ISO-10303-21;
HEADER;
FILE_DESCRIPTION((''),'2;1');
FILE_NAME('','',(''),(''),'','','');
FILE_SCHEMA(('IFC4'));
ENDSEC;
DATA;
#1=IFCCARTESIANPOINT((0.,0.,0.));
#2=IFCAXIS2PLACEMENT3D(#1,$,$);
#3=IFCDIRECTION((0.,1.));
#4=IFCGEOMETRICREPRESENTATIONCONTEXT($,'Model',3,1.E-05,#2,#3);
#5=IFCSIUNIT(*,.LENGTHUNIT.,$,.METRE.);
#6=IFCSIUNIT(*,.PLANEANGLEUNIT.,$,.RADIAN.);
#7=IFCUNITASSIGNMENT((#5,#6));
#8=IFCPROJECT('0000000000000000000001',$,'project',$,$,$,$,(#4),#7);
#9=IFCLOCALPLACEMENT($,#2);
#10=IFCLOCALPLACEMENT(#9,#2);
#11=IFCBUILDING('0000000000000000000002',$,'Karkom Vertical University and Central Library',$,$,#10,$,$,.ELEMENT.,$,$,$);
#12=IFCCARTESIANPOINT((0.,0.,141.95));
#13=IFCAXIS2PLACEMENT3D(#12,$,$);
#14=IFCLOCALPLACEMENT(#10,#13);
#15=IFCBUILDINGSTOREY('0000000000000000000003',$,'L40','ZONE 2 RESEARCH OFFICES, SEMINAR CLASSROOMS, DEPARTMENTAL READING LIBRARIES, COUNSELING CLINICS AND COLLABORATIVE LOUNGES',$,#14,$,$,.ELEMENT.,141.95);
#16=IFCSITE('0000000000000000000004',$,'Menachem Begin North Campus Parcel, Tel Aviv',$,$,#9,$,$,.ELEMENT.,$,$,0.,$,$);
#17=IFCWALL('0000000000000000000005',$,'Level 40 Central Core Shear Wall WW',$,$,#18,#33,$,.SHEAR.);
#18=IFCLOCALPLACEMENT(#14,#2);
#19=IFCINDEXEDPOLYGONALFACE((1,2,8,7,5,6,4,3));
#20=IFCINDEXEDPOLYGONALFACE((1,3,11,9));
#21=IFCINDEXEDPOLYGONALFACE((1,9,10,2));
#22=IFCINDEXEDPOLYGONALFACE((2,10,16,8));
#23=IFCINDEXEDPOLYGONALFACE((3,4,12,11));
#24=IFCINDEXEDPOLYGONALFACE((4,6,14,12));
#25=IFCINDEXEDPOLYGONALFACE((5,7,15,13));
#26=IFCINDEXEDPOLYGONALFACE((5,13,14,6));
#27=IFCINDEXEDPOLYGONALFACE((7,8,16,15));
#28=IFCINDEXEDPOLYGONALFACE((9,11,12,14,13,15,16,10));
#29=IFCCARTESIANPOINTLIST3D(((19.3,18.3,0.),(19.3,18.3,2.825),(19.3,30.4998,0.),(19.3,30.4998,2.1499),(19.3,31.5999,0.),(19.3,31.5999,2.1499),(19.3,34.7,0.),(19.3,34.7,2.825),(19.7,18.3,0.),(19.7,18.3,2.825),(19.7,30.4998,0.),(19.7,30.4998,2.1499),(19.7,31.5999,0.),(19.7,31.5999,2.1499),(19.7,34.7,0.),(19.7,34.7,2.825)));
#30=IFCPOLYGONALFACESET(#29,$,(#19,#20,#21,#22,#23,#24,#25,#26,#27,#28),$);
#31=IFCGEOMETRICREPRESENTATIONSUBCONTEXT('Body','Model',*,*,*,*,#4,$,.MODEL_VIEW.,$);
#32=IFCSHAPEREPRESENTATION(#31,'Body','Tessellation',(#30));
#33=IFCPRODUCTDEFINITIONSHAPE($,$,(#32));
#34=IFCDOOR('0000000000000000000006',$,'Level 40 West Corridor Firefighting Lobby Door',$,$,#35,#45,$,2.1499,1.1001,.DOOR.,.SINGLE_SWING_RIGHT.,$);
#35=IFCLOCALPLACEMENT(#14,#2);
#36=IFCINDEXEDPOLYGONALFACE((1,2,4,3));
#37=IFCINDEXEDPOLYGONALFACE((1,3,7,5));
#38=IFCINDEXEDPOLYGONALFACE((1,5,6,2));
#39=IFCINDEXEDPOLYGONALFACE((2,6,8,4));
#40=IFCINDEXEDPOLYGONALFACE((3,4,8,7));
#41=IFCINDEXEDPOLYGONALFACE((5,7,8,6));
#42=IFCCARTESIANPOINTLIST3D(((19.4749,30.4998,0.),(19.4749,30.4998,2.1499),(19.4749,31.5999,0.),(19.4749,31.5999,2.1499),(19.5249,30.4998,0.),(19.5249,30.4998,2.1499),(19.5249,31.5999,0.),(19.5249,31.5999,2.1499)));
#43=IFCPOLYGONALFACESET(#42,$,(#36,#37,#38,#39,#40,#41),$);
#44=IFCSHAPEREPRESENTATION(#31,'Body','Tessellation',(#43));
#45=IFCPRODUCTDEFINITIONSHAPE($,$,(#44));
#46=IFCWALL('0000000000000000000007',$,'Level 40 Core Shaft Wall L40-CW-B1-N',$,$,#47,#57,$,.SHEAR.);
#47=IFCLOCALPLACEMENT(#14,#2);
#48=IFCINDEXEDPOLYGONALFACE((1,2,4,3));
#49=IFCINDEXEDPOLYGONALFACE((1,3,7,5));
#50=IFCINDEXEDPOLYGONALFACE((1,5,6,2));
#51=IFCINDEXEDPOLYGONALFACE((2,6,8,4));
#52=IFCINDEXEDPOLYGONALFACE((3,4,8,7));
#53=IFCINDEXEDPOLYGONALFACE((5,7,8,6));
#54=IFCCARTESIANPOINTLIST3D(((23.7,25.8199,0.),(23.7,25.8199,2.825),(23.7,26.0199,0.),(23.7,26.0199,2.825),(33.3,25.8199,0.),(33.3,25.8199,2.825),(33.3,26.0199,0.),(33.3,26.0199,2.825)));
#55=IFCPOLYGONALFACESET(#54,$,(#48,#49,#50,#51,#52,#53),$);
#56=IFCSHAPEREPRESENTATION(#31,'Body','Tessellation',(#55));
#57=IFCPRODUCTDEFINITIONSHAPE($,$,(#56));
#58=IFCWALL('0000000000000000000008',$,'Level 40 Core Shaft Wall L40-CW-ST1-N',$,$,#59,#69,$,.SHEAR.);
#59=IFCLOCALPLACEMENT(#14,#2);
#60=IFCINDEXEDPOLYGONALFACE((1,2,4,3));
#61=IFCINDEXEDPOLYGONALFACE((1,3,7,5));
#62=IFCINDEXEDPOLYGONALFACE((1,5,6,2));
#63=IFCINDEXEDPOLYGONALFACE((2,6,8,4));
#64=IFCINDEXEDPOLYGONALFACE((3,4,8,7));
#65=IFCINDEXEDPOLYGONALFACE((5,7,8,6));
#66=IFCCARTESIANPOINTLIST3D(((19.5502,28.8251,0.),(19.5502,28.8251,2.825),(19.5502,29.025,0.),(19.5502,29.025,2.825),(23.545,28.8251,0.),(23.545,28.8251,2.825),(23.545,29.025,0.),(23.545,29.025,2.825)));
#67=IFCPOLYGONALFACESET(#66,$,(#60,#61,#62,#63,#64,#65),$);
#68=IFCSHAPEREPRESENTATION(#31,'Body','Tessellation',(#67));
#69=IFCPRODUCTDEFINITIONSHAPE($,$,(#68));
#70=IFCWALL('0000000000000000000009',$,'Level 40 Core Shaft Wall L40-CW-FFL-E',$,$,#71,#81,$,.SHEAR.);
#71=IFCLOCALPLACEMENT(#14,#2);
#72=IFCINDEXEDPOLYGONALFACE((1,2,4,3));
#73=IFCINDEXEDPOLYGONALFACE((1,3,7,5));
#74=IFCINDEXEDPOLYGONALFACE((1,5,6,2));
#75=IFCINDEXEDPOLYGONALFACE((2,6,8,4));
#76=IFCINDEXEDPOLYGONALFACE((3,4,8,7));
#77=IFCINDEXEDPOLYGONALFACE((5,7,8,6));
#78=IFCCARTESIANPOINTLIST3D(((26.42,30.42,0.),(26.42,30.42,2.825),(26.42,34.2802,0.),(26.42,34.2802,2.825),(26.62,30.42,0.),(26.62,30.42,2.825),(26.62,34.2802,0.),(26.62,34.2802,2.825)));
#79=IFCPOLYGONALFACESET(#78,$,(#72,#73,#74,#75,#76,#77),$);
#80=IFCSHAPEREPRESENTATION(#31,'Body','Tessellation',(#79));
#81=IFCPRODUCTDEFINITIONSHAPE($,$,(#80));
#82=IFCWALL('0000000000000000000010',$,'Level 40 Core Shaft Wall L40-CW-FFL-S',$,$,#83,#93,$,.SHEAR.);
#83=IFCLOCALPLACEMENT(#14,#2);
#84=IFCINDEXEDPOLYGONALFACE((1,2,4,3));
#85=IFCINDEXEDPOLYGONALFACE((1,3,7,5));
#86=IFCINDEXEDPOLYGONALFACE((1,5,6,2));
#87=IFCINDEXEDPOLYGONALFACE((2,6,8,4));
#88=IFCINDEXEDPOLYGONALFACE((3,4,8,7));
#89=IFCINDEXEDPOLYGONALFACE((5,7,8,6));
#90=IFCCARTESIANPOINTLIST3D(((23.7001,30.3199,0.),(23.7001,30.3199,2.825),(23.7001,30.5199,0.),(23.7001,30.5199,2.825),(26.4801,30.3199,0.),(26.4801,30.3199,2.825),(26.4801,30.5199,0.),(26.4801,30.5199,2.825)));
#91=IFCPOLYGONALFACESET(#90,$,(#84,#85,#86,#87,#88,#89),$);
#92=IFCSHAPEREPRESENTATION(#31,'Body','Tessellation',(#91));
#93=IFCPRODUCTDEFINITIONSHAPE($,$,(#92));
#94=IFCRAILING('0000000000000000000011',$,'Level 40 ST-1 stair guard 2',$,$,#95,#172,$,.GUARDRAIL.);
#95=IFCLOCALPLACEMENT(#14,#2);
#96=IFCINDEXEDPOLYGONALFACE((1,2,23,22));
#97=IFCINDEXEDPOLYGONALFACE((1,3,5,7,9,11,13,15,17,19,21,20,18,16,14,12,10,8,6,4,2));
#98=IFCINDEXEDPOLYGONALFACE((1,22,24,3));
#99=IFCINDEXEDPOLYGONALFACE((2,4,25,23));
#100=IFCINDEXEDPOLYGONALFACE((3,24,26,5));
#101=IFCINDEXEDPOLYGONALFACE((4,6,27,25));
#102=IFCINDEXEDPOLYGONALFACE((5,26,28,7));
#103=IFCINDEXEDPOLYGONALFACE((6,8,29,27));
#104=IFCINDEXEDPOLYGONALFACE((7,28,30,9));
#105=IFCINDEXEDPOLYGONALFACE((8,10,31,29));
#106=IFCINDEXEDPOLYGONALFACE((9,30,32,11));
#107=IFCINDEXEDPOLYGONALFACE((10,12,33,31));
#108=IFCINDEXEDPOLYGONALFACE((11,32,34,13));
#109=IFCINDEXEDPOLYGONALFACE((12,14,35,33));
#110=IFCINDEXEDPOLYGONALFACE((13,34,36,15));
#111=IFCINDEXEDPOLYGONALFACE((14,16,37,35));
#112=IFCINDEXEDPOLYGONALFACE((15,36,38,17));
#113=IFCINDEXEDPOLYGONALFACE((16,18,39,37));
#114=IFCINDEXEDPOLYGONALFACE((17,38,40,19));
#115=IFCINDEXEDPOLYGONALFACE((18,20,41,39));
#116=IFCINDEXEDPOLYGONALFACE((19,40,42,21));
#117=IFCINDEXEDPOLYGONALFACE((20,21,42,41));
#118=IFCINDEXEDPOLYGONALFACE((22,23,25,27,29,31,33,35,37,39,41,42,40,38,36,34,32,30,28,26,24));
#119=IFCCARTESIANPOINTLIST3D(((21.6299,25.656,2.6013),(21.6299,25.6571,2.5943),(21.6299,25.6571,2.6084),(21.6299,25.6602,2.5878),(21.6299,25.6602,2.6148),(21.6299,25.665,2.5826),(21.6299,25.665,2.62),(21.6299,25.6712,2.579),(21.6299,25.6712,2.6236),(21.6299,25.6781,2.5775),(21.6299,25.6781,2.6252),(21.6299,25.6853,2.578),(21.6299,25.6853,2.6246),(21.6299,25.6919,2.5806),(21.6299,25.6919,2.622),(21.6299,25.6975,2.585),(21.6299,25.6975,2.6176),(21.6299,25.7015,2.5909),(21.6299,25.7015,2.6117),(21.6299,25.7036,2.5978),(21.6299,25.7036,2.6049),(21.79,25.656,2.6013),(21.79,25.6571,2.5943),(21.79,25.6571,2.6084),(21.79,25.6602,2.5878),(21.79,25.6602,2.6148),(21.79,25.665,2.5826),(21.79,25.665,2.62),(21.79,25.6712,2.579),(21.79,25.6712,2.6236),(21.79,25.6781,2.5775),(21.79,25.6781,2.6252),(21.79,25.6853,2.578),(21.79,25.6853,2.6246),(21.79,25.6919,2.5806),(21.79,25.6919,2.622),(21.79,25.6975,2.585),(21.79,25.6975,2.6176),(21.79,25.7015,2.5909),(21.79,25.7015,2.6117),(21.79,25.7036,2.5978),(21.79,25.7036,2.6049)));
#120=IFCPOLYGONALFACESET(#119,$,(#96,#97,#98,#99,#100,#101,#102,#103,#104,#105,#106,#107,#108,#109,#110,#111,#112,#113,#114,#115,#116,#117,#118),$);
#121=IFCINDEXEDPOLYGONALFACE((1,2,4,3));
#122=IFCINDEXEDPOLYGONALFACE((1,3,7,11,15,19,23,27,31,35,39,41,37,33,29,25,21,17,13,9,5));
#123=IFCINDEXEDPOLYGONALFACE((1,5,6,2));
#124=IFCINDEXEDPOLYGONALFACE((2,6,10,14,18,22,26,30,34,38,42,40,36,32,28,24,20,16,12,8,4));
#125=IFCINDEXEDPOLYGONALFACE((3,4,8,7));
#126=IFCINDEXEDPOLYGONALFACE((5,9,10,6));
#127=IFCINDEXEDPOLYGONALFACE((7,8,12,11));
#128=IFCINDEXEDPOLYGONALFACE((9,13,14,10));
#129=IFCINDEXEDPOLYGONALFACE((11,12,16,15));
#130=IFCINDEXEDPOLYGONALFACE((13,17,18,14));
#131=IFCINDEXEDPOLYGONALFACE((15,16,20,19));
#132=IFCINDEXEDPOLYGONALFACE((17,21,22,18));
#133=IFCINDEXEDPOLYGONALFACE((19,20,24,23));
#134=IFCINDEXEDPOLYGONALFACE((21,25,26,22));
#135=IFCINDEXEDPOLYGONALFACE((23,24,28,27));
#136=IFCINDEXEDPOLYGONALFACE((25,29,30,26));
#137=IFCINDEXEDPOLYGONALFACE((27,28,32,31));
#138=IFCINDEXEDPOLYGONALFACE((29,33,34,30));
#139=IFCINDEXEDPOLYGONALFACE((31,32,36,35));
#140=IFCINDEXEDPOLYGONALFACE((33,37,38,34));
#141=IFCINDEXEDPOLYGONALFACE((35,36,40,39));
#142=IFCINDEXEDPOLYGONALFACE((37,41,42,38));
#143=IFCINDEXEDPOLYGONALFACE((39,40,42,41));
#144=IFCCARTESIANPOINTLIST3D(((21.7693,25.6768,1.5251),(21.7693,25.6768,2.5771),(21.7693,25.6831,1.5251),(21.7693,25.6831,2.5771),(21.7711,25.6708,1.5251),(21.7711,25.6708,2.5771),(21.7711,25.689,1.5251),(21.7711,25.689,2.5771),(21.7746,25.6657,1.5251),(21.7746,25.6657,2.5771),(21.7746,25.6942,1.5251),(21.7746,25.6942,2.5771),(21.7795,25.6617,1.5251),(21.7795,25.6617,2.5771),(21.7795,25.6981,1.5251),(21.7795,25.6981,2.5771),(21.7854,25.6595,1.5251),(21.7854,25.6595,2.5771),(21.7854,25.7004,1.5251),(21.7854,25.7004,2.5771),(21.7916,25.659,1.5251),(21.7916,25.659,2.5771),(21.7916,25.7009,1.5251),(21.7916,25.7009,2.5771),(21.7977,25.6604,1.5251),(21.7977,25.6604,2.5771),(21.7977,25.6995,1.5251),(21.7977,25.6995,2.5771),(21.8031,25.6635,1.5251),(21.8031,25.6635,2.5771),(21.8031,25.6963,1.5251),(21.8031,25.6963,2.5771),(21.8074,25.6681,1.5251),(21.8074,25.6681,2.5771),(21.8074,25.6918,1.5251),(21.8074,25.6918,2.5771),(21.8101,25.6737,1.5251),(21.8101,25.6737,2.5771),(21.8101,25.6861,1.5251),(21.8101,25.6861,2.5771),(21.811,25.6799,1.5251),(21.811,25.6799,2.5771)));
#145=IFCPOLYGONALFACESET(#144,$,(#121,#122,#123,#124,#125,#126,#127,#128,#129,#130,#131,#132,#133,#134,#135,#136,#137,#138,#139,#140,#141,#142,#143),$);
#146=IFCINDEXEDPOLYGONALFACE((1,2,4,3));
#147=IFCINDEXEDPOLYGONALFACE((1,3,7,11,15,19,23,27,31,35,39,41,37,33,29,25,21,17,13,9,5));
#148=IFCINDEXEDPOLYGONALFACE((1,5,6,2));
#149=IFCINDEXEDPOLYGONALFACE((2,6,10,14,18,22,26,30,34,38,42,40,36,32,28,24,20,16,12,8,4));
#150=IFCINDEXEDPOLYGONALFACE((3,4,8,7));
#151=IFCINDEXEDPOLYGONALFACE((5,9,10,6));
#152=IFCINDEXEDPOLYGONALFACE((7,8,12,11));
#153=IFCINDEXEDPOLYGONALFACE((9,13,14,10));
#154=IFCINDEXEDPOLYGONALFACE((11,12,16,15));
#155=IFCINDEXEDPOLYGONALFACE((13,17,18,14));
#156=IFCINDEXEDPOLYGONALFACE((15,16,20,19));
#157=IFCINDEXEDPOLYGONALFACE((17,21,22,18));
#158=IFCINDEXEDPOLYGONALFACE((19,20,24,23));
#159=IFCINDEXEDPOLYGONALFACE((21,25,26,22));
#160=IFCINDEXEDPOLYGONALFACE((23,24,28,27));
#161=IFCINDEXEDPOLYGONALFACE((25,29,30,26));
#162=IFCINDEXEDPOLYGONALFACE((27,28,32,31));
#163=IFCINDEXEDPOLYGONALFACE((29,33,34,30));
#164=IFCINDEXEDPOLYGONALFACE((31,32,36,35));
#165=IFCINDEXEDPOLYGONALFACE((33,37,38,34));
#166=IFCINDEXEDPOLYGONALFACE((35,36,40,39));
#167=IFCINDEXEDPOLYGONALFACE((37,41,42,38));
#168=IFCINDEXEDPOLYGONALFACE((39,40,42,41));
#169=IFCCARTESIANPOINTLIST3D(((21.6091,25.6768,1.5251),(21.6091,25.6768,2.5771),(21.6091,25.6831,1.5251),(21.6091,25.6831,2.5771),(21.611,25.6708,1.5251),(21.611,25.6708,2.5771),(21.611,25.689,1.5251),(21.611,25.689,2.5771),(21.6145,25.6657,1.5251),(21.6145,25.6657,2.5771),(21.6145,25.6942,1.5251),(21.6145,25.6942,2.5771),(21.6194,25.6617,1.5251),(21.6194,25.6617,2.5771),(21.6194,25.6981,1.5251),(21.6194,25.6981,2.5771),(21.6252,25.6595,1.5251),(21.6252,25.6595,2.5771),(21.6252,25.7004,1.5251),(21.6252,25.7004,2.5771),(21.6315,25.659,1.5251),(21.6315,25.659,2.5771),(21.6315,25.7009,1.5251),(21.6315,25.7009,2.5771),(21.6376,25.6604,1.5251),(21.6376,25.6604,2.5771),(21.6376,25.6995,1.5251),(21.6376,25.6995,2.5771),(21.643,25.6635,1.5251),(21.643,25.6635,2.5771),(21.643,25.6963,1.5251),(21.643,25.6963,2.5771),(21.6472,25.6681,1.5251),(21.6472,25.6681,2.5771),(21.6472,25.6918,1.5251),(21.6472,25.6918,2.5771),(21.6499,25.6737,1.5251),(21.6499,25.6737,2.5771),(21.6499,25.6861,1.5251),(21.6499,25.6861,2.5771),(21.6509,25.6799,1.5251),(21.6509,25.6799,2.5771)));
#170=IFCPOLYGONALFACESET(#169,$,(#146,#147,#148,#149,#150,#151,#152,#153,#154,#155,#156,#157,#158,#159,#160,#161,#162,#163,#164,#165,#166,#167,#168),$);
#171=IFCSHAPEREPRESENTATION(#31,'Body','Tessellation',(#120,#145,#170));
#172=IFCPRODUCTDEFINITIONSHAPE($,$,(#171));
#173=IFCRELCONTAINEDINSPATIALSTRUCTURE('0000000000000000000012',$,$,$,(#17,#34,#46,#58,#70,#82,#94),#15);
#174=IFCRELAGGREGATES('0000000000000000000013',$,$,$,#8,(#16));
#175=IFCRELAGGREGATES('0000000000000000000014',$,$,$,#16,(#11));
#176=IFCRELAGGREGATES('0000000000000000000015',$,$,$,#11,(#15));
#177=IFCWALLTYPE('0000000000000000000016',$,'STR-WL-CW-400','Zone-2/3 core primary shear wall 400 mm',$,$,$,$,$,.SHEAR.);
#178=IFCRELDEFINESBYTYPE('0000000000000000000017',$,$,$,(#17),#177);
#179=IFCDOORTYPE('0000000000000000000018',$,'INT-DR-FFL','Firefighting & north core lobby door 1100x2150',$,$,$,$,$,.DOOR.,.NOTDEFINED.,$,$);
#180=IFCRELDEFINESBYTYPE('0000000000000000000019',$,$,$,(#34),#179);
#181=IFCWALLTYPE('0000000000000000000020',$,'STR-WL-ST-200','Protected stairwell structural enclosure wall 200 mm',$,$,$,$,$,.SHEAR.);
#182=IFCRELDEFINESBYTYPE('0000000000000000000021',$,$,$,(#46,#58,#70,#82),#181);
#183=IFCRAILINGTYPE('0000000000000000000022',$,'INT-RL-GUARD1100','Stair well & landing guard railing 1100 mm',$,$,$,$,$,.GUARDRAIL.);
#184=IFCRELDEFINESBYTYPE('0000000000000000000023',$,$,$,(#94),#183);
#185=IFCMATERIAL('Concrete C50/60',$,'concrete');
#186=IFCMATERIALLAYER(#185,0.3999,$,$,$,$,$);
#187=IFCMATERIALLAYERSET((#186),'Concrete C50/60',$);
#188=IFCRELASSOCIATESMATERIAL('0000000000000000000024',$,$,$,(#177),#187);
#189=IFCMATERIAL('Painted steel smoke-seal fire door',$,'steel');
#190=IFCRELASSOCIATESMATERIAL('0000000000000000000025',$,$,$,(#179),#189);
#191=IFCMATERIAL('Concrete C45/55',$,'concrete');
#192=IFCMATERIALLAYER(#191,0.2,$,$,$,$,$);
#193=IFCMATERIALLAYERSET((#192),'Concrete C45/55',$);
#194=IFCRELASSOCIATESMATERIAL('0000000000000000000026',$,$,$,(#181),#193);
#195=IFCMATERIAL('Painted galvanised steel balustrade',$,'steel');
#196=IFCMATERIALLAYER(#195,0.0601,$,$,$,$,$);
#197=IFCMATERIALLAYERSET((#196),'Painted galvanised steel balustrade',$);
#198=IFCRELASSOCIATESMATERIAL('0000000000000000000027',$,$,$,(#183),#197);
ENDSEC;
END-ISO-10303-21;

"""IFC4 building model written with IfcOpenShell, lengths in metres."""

from ifc_helpers import new_model, si_unit, direction, frame, frame_2d, origin, origin_with_axes, origin_2d, place, context, subcontext, project, spatial, rectangle, circle, extrude, source, transform, mapped, material, layer, layer_set, type_object, element, fill, save


model = new_model("IFC4")

# Units and contexts
model_context = context("Model", 3, precision=1e-05, world=origin(), true_north=direction((0.0, 1.0)))
body_context = subcontext(model_context, "Body", "Model", "MODEL_VIEW")
ifc_project = project(units=[si_unit("LENGTHUNIT", "METRE"), si_unit("PLANEANGLEUNIT", "RADIAN")], contexts=[model_context])

# Site, building, storey
site_placement = place(None, origin())
site = spatial("IfcSite", under=ifc_project, at=site_placement, Name="Menachem Begin North Campus Parcel, Tel Aviv", CompositionType="ELEMENT", RefElevation=0.0)
building_placement = place(site_placement, origin())
building = spatial("IfcBuilding", under=site, at=building_placement, Name="Karkom Vertical University and Central Library", CompositionType="ELEMENT")
storey_placement = place(building_placement, frame((0.0, 0.0, 141.95)))
storey = spatial("IfcBuildingStorey", under=building, at=storey_placement, Name="L40", Description="ZONE 2 RESEARCH OFFICES, SEMINAR CLASSROOMS, DEPARTMENTAL READING LIBRARIES, COUNSELING CLINICS AND COLLABORATIVE LOUNGES", CompositionType="ELEMENT", Elevation=141.95)

# Shared definitions
ifc_material_1 = material(Name="Concrete C50/60", Category="concrete")

# Wall, opening, door
ifc_layer_1 = layer(ifc_material_1, 0.3999)
ifc_layer_set_1 = layer_set([ifc_layer_1], Name="Concrete C50/60")
wall_type_1 = type_object("IfcWallType", Name="STR-WL-CW-400", Description="Zone-2/3 core primary shear wall 400 mm", PredefinedType="SHEAR", material=ifc_layer_set_1)
ifc_material_2 = material(Name="Painted steel smoke-seal fire door", Category="steel")
door_type_1 = type_object("IfcDoorType", Name="INT-DR-FFL", Description="Firefighting & north core lobby door 1100x2150", OperationType="NOTDEFINED", PredefinedType="DOOR", material=ifc_material_2)
shared_shape_1 = source(origin_with_axes(), body_context, "Body", "SweptSolid", [
    extrude(rectangle(XDim=1.1001, YDim=2.1499, at=frame_2d((0.55, 1.075))), frame((0.0, 0.0249, 0.0), z_axis=(0.0, -1.0, 0.0), x_axis=(1.0, 0.0, 0.0)), (0.0, 0.0, 1.0), 0.05),
])
wall_1_placement = place(storey_placement, frame((19.5, 34.7, 0.0), z_axis=(0.0, 0.0, 1.0), x_axis=(0.0, -1.0, 0.0)))
wall_1 = element("IfcWall", 1, at=wall_1_placement, inside=storey, type_object=wall_type_1, Name="Level 40 Central Core Shear Wall WW", PredefinedType="SHEAR", context=body_context, shape_type="SweptSolid", body=[
    extrude(rectangle(XDim=16.3999, YDim=0.3999, at=frame_2d((8.2, 0.0))), origin(), (0.0, 0.0, 1.0), 2.825),
])
opening_1_placement = place(wall_1_placement, frame((3.1001, 0.0, 0.0)))
opening_1 = element("IfcOpeningElement", 2, at=opening_1_placement, cuts=wall_1, PredefinedType="OPENING", context=body_context, shape_type="SweptSolid", body=[
    extrude(rectangle(XDim=1.1001, YDim=2.1499, at=frame_2d((0.55, 1.075))), frame((0.0, 0.21, 0.0), z_axis=(0.0, -1.0, 0.0), x_axis=(1.0, 0.0, 0.0)), (0.0, 0.0, 1.0), 0.4199),
])
door_1_placement = place(opening_1_placement, origin())
door_1 = element("IfcDoor", 3, at=door_1_placement, inside=storey, type_object=door_type_1, Name="Level 40 West Corridor Firefighting Lobby Door", OperationType="SINGLE_SWING_RIGHT", OverallHeight=2.1499, OverallWidth=1.1001, PredefinedType="DOOR", context=body_context, shape_type="MappedRepresentation", body=[
    mapped(shared_shape_1, transform((0.0, 0.0, 0.0), scale=1.0)),
])
fill(opening_1, door_1)

# Wall
ifc_material_3 = material(Name="Concrete C45/55", Category="concrete")
ifc_layer_2 = layer(ifc_material_3, 0.2)
ifc_layer_set_2 = layer_set([ifc_layer_2], Name="Concrete C45/55")
wall_type_2 = type_object("IfcWallType", Name="STR-WL-ST-200", Description="Protected stairwell structural enclosure wall 200 mm", PredefinedType="SHEAR", material=ifc_layer_set_2)
wall_2_placement = place(storey_placement, frame((23.7, 25.9199, 0.0), z_axis=(0.0, 0.0, 1.0), x_axis=(1.0, 0.0, 0.0)))
element("IfcWall", 4, at=wall_2_placement, inside=storey, type_object=wall_type_2, Name="Level 40 Core Shaft Wall L40-CW-B1-N", PredefinedType="SHEAR", context=body_context, shape_type="SweptSolid", body=[
    extrude(rectangle(XDim=9.6001, YDim=0.2, at=frame_2d((4.8, 0.0))), origin(), (0.0, 0.0, 1.0), 2.825),
])

# Walls
wall_3_placement = place(storey_placement, frame((19.55, 28.925, 0.0), z_axis=(0.0, 0.0, 1.0), x_axis=(1.0, 0.0, 0.0)))
element("IfcWall", 5, at=wall_3_placement, inside=storey, type_object=wall_type_2, Name="Level 40 Core Shaft Wall L40-CW-ST1-N", PredefinedType="SHEAR", context=body_context, shape_type="SweptSolid", body=[
    extrude(rectangle(XDim=3.9949, YDim=0.2, at=frame_2d((1.9976, 0.0))), origin(), (0.0, 0.0, 1.0), 2.825),
])
wall_4_placement = place(storey_placement, frame((26.52, 30.4199, 0.0), z_axis=(0.0, 0.0, 1.0), x_axis=(0.0, 1.0, 0.0)))
element("IfcWall", 6, at=wall_4_placement, inside=storey, type_object=wall_type_2, Name="Level 40 Core Shaft Wall L40-CW-FFL-E", PredefinedType="SHEAR", context=body_context, shape_type="SweptSolid", body=[
    extrude(rectangle(XDim=3.8601, YDim=0.2, at=frame_2d((1.9302, 0.0))), origin(), (0.0, 0.0, 1.0), 2.825),
])
wall_5_placement = place(storey_placement, frame((23.7, 30.4199, 0.0), z_axis=(0.0, 0.0, 1.0), x_axis=(1.0, 0.0, 0.0)))
element("IfcWall", 7, at=wall_5_placement, inside=storey, type_object=wall_type_2, Name="Level 40 Core Shaft Wall L40-CW-FFL-S", PredefinedType="SHEAR", context=body_context, shape_type="SweptSolid", body=[
    extrude(rectangle(XDim=2.78, YDim=0.2, at=frame_2d((1.3901, 0.0))), origin(), (0.0, 0.0, 1.0), 2.825),
])

# Railing
ifc_material_4 = material(Name="Painted galvanised steel balustrade", Category="steel")
ifc_layer_3 = layer(ifc_material_4, 0.0601)
ifc_layer_set_3 = layer_set([ifc_layer_3], Name="Painted galvanised steel balustrade")
railing_type_1 = type_object("IfcRailingType", Name="INT-RL-GUARD1100", Description="Stair well & landing guard railing 1100 mm", PredefinedType="GUARDRAIL", material=ifc_layer_set_3)
railing_1_placement = place(storey_placement, frame((21.79, 25.6799, 1.5251)))
element("IfcRailing", 8, at=railing_1_placement, inside=storey, type_object=railing_type_1, Name="Level 40 ST-1 stair guard 2", PredefinedType="GUARDRAIL", context=body_context, shape_type="SweptSolid", body=[
    extrude(circle(Radius=0.0239, at=origin_2d()), frame((0.0, 0.0, 1.0762), z_axis=(-1.0, 0.0, 0.0), x_axis=(0.0, -1.0, 0.0)), (0.0, 0.0, 1.0), 0.1602),
    extrude(circle(Radius=0.021, at=origin_2d()), origin(), (0.0, 0.0, 1.0), 1.052),
    extrude(circle(Radius=0.021, at=origin_2d()), frame((-0.1602, 0.0, 0.0)), (0.0, 0.0, 1.0), 1.052),
])

save(model, "model.ifc")
